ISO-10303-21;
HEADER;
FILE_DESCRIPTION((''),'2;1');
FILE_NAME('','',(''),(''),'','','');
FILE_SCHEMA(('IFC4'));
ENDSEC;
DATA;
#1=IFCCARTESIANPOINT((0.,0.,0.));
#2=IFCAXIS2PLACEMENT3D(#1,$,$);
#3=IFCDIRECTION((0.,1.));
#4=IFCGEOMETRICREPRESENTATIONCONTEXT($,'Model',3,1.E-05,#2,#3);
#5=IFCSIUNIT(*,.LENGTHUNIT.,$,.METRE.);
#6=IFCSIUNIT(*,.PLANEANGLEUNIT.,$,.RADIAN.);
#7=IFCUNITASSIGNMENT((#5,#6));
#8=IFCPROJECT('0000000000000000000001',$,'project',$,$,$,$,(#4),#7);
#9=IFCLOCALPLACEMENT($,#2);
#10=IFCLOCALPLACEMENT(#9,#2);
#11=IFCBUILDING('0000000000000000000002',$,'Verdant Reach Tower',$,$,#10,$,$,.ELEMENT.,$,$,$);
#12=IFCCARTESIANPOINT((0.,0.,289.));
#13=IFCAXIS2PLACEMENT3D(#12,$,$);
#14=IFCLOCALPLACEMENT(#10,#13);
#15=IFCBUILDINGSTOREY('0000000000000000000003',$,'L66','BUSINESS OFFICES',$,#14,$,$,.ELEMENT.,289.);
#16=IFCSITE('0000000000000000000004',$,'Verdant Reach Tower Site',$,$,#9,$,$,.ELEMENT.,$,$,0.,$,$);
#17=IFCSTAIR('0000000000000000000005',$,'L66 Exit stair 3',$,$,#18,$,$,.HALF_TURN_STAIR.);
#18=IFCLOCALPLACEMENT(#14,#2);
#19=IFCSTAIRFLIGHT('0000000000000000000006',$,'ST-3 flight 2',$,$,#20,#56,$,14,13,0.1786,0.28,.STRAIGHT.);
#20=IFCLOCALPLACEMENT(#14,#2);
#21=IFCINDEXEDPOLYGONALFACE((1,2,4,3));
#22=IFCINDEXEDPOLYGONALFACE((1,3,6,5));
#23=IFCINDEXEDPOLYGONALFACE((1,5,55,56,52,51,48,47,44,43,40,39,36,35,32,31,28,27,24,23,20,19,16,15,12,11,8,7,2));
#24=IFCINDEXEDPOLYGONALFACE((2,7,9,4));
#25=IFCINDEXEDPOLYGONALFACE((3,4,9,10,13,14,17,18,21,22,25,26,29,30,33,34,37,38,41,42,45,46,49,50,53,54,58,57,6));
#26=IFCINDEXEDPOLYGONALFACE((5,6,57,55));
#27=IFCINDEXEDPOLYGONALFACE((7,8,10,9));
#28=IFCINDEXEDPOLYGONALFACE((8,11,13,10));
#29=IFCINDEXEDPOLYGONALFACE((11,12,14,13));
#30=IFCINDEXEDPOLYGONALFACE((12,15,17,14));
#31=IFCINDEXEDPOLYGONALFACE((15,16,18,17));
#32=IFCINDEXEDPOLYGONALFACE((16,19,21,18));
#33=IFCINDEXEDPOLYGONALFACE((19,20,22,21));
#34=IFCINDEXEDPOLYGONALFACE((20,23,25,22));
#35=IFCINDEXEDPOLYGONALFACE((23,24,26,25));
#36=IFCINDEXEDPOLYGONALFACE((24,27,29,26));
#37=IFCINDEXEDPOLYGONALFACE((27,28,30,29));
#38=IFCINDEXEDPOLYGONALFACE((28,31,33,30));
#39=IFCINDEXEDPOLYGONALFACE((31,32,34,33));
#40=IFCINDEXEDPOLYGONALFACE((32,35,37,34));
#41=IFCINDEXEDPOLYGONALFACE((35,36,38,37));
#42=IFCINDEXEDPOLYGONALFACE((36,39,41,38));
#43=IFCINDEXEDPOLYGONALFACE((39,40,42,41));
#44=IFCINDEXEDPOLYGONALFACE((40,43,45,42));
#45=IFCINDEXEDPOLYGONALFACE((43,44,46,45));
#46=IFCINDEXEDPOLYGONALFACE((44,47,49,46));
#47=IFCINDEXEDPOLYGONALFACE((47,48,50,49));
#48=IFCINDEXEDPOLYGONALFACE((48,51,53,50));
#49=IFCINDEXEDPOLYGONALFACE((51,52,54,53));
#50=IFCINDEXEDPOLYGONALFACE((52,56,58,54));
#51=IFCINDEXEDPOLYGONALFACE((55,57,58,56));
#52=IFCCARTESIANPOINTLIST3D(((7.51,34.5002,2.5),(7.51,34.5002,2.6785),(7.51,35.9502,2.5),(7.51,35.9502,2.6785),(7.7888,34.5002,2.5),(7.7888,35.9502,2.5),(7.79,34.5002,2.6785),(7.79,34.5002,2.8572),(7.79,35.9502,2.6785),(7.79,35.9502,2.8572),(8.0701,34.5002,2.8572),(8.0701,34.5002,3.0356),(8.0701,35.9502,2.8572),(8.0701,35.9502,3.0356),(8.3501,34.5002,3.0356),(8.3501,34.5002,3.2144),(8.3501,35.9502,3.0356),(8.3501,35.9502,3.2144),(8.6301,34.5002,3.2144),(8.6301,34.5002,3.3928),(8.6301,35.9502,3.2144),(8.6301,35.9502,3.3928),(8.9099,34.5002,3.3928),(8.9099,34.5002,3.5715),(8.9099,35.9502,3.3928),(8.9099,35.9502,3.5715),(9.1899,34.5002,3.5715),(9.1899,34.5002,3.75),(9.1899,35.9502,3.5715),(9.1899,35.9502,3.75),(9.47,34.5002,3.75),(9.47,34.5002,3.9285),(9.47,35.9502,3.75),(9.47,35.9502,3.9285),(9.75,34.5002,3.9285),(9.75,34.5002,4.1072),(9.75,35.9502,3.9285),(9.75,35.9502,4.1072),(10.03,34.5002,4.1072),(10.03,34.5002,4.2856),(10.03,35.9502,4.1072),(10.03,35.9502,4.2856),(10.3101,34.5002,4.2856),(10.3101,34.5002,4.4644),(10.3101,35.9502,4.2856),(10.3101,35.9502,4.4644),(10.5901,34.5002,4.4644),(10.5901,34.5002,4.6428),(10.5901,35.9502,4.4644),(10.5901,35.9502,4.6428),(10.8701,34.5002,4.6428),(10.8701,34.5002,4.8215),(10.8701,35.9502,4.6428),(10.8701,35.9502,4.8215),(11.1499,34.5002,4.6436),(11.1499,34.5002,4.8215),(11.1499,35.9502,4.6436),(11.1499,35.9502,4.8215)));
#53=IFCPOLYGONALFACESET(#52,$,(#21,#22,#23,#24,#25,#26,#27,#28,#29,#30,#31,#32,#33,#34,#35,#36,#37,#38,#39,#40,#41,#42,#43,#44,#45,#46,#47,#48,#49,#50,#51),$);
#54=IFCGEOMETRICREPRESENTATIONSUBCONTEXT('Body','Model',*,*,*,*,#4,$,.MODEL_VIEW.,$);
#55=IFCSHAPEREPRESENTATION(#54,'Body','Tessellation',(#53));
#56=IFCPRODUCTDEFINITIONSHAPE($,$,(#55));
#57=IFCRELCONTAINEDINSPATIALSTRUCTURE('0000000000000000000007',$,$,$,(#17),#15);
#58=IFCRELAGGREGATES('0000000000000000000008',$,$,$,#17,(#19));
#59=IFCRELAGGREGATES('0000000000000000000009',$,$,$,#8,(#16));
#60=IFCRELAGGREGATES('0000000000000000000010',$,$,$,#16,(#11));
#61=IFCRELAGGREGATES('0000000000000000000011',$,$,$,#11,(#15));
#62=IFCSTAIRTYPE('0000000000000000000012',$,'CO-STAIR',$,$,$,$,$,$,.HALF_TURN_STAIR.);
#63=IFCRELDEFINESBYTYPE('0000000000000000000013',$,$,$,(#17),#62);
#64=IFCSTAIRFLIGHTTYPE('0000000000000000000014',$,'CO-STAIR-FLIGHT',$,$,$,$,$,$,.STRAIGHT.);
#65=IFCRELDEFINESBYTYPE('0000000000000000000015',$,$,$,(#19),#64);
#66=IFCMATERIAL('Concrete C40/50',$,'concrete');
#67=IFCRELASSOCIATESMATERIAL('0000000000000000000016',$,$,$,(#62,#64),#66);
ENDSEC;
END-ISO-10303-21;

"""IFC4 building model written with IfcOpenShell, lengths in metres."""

from ifc_helpers import new_model, si_unit, direction, frame, origin, place, context, subcontext, project, spatial, polyline, outline, extrude, material, type_object, element, aggregate, save


model = new_model("IFC4")

# Units and contexts
model_context = context("Model", 3, precision=1e-05, world=origin(), true_north=direction((0.0, 1.0)))
body_context = subcontext(model_context, "Body", "Model", "MODEL_VIEW")
ifc_project = project(units=[si_unit("LENGTHUNIT", "METRE"), si_unit("PLANEANGLEUNIT", "RADIAN")], contexts=[model_context])

# Site, building, storey
site_placement = place(None, origin())
site = spatial("IfcSite", under=ifc_project, at=site_placement, Name="Verdant Reach Tower Site", CompositionType="ELEMENT", RefElevation=0.0)
building_placement = place(site_placement, origin())
building = spatial("IfcBuilding", under=site, at=building_placement, Name="Verdant Reach Tower", CompositionType="ELEMENT")
storey_placement = place(building_placement, frame((0.0, 0.0, 289.0)))
storey = spatial("IfcBuildingStorey", under=building, at=storey_placement, Name="L66", Description="BUSINESS OFFICES", CompositionType="ELEMENT", Elevation=289.0)

# Shared definitions
ifc_material_1 = material(Name="Concrete C40/50", Category="concrete")

# Shared definitions
stair_type = type_object("IfcStairType", Name="CO-STAIR", PredefinedType="HALF_TURN_STAIR", material=ifc_material_1)
stair_flight_type = type_object("IfcStairFlightType", Name="CO-STAIR-FLIGHT", PredefinedType="STRAIGHT", material=ifc_material_1)

# Stair, stair flight
stair_1_placement = place(storey_placement, origin())
stair_1 = element("IfcStair", 1, at=stair_1_placement, inside=storey, type_object=stair_type, Name="L66 Exit stair 3", PredefinedType="HALF_TURN_STAIR")
stair_flight_1_placement = place(storey_placement, frame((7.51, 35.2251, 2.5), z_axis=(0.0, 0.0, 1.0), x_axis=(1.0, 0.0, 0.0)))
stair_flight_1 = element("IfcStairFlight", 2, at=stair_flight_1_placement, type_object=stair_flight_type, Name="ST-3 flight 2", NumberOfRisers=14, NumberOfTreads=13, PredefinedType="STRAIGHT", RiserHeight=0.1786, TreadLength=0.28, context=body_context, shape_type="SweptSolid", body=[
    extrude(outline(polyline([(0.0, 0.0), (0.0, 0.1785), (0.28, 0.1785), (0.28, 0.3572), (0.5601, 0.3572), (0.5601, 0.5356), (0.8401, 0.5356), (0.8401, 0.7144), (1.1201, 0.7144), (1.1201, 0.8928), (1.3999, 0.8928), (1.3999, 1.0715), (1.6799, 1.0715), (1.6799, 1.25), (1.96, 1.25), (1.96, 1.4285), (2.24, 1.4285), (2.24, 1.6072), (2.52, 1.6072), (2.52, 1.7856), (2.8, 1.7856), (2.8, 1.9644), (3.0801, 1.9644), (3.0801, 2.1428), (3.3601, 2.1428), (3.3601, 2.3215), (3.6399, 2.3215), (3.6399, 2.5), (3.6399, 2.1436), (0.2788, 0.0), (0.0, 0.0)])), frame((0.0, 0.7251, 0.0), z_axis=(0.0, -1.0, 0.0), x_axis=(1.0, 0.0, 0.0)), (0.0, 0.0, 1.0), 1.45),
])
aggregate(stair_1, [stair_flight_1])

save(model, "model.ifc")
